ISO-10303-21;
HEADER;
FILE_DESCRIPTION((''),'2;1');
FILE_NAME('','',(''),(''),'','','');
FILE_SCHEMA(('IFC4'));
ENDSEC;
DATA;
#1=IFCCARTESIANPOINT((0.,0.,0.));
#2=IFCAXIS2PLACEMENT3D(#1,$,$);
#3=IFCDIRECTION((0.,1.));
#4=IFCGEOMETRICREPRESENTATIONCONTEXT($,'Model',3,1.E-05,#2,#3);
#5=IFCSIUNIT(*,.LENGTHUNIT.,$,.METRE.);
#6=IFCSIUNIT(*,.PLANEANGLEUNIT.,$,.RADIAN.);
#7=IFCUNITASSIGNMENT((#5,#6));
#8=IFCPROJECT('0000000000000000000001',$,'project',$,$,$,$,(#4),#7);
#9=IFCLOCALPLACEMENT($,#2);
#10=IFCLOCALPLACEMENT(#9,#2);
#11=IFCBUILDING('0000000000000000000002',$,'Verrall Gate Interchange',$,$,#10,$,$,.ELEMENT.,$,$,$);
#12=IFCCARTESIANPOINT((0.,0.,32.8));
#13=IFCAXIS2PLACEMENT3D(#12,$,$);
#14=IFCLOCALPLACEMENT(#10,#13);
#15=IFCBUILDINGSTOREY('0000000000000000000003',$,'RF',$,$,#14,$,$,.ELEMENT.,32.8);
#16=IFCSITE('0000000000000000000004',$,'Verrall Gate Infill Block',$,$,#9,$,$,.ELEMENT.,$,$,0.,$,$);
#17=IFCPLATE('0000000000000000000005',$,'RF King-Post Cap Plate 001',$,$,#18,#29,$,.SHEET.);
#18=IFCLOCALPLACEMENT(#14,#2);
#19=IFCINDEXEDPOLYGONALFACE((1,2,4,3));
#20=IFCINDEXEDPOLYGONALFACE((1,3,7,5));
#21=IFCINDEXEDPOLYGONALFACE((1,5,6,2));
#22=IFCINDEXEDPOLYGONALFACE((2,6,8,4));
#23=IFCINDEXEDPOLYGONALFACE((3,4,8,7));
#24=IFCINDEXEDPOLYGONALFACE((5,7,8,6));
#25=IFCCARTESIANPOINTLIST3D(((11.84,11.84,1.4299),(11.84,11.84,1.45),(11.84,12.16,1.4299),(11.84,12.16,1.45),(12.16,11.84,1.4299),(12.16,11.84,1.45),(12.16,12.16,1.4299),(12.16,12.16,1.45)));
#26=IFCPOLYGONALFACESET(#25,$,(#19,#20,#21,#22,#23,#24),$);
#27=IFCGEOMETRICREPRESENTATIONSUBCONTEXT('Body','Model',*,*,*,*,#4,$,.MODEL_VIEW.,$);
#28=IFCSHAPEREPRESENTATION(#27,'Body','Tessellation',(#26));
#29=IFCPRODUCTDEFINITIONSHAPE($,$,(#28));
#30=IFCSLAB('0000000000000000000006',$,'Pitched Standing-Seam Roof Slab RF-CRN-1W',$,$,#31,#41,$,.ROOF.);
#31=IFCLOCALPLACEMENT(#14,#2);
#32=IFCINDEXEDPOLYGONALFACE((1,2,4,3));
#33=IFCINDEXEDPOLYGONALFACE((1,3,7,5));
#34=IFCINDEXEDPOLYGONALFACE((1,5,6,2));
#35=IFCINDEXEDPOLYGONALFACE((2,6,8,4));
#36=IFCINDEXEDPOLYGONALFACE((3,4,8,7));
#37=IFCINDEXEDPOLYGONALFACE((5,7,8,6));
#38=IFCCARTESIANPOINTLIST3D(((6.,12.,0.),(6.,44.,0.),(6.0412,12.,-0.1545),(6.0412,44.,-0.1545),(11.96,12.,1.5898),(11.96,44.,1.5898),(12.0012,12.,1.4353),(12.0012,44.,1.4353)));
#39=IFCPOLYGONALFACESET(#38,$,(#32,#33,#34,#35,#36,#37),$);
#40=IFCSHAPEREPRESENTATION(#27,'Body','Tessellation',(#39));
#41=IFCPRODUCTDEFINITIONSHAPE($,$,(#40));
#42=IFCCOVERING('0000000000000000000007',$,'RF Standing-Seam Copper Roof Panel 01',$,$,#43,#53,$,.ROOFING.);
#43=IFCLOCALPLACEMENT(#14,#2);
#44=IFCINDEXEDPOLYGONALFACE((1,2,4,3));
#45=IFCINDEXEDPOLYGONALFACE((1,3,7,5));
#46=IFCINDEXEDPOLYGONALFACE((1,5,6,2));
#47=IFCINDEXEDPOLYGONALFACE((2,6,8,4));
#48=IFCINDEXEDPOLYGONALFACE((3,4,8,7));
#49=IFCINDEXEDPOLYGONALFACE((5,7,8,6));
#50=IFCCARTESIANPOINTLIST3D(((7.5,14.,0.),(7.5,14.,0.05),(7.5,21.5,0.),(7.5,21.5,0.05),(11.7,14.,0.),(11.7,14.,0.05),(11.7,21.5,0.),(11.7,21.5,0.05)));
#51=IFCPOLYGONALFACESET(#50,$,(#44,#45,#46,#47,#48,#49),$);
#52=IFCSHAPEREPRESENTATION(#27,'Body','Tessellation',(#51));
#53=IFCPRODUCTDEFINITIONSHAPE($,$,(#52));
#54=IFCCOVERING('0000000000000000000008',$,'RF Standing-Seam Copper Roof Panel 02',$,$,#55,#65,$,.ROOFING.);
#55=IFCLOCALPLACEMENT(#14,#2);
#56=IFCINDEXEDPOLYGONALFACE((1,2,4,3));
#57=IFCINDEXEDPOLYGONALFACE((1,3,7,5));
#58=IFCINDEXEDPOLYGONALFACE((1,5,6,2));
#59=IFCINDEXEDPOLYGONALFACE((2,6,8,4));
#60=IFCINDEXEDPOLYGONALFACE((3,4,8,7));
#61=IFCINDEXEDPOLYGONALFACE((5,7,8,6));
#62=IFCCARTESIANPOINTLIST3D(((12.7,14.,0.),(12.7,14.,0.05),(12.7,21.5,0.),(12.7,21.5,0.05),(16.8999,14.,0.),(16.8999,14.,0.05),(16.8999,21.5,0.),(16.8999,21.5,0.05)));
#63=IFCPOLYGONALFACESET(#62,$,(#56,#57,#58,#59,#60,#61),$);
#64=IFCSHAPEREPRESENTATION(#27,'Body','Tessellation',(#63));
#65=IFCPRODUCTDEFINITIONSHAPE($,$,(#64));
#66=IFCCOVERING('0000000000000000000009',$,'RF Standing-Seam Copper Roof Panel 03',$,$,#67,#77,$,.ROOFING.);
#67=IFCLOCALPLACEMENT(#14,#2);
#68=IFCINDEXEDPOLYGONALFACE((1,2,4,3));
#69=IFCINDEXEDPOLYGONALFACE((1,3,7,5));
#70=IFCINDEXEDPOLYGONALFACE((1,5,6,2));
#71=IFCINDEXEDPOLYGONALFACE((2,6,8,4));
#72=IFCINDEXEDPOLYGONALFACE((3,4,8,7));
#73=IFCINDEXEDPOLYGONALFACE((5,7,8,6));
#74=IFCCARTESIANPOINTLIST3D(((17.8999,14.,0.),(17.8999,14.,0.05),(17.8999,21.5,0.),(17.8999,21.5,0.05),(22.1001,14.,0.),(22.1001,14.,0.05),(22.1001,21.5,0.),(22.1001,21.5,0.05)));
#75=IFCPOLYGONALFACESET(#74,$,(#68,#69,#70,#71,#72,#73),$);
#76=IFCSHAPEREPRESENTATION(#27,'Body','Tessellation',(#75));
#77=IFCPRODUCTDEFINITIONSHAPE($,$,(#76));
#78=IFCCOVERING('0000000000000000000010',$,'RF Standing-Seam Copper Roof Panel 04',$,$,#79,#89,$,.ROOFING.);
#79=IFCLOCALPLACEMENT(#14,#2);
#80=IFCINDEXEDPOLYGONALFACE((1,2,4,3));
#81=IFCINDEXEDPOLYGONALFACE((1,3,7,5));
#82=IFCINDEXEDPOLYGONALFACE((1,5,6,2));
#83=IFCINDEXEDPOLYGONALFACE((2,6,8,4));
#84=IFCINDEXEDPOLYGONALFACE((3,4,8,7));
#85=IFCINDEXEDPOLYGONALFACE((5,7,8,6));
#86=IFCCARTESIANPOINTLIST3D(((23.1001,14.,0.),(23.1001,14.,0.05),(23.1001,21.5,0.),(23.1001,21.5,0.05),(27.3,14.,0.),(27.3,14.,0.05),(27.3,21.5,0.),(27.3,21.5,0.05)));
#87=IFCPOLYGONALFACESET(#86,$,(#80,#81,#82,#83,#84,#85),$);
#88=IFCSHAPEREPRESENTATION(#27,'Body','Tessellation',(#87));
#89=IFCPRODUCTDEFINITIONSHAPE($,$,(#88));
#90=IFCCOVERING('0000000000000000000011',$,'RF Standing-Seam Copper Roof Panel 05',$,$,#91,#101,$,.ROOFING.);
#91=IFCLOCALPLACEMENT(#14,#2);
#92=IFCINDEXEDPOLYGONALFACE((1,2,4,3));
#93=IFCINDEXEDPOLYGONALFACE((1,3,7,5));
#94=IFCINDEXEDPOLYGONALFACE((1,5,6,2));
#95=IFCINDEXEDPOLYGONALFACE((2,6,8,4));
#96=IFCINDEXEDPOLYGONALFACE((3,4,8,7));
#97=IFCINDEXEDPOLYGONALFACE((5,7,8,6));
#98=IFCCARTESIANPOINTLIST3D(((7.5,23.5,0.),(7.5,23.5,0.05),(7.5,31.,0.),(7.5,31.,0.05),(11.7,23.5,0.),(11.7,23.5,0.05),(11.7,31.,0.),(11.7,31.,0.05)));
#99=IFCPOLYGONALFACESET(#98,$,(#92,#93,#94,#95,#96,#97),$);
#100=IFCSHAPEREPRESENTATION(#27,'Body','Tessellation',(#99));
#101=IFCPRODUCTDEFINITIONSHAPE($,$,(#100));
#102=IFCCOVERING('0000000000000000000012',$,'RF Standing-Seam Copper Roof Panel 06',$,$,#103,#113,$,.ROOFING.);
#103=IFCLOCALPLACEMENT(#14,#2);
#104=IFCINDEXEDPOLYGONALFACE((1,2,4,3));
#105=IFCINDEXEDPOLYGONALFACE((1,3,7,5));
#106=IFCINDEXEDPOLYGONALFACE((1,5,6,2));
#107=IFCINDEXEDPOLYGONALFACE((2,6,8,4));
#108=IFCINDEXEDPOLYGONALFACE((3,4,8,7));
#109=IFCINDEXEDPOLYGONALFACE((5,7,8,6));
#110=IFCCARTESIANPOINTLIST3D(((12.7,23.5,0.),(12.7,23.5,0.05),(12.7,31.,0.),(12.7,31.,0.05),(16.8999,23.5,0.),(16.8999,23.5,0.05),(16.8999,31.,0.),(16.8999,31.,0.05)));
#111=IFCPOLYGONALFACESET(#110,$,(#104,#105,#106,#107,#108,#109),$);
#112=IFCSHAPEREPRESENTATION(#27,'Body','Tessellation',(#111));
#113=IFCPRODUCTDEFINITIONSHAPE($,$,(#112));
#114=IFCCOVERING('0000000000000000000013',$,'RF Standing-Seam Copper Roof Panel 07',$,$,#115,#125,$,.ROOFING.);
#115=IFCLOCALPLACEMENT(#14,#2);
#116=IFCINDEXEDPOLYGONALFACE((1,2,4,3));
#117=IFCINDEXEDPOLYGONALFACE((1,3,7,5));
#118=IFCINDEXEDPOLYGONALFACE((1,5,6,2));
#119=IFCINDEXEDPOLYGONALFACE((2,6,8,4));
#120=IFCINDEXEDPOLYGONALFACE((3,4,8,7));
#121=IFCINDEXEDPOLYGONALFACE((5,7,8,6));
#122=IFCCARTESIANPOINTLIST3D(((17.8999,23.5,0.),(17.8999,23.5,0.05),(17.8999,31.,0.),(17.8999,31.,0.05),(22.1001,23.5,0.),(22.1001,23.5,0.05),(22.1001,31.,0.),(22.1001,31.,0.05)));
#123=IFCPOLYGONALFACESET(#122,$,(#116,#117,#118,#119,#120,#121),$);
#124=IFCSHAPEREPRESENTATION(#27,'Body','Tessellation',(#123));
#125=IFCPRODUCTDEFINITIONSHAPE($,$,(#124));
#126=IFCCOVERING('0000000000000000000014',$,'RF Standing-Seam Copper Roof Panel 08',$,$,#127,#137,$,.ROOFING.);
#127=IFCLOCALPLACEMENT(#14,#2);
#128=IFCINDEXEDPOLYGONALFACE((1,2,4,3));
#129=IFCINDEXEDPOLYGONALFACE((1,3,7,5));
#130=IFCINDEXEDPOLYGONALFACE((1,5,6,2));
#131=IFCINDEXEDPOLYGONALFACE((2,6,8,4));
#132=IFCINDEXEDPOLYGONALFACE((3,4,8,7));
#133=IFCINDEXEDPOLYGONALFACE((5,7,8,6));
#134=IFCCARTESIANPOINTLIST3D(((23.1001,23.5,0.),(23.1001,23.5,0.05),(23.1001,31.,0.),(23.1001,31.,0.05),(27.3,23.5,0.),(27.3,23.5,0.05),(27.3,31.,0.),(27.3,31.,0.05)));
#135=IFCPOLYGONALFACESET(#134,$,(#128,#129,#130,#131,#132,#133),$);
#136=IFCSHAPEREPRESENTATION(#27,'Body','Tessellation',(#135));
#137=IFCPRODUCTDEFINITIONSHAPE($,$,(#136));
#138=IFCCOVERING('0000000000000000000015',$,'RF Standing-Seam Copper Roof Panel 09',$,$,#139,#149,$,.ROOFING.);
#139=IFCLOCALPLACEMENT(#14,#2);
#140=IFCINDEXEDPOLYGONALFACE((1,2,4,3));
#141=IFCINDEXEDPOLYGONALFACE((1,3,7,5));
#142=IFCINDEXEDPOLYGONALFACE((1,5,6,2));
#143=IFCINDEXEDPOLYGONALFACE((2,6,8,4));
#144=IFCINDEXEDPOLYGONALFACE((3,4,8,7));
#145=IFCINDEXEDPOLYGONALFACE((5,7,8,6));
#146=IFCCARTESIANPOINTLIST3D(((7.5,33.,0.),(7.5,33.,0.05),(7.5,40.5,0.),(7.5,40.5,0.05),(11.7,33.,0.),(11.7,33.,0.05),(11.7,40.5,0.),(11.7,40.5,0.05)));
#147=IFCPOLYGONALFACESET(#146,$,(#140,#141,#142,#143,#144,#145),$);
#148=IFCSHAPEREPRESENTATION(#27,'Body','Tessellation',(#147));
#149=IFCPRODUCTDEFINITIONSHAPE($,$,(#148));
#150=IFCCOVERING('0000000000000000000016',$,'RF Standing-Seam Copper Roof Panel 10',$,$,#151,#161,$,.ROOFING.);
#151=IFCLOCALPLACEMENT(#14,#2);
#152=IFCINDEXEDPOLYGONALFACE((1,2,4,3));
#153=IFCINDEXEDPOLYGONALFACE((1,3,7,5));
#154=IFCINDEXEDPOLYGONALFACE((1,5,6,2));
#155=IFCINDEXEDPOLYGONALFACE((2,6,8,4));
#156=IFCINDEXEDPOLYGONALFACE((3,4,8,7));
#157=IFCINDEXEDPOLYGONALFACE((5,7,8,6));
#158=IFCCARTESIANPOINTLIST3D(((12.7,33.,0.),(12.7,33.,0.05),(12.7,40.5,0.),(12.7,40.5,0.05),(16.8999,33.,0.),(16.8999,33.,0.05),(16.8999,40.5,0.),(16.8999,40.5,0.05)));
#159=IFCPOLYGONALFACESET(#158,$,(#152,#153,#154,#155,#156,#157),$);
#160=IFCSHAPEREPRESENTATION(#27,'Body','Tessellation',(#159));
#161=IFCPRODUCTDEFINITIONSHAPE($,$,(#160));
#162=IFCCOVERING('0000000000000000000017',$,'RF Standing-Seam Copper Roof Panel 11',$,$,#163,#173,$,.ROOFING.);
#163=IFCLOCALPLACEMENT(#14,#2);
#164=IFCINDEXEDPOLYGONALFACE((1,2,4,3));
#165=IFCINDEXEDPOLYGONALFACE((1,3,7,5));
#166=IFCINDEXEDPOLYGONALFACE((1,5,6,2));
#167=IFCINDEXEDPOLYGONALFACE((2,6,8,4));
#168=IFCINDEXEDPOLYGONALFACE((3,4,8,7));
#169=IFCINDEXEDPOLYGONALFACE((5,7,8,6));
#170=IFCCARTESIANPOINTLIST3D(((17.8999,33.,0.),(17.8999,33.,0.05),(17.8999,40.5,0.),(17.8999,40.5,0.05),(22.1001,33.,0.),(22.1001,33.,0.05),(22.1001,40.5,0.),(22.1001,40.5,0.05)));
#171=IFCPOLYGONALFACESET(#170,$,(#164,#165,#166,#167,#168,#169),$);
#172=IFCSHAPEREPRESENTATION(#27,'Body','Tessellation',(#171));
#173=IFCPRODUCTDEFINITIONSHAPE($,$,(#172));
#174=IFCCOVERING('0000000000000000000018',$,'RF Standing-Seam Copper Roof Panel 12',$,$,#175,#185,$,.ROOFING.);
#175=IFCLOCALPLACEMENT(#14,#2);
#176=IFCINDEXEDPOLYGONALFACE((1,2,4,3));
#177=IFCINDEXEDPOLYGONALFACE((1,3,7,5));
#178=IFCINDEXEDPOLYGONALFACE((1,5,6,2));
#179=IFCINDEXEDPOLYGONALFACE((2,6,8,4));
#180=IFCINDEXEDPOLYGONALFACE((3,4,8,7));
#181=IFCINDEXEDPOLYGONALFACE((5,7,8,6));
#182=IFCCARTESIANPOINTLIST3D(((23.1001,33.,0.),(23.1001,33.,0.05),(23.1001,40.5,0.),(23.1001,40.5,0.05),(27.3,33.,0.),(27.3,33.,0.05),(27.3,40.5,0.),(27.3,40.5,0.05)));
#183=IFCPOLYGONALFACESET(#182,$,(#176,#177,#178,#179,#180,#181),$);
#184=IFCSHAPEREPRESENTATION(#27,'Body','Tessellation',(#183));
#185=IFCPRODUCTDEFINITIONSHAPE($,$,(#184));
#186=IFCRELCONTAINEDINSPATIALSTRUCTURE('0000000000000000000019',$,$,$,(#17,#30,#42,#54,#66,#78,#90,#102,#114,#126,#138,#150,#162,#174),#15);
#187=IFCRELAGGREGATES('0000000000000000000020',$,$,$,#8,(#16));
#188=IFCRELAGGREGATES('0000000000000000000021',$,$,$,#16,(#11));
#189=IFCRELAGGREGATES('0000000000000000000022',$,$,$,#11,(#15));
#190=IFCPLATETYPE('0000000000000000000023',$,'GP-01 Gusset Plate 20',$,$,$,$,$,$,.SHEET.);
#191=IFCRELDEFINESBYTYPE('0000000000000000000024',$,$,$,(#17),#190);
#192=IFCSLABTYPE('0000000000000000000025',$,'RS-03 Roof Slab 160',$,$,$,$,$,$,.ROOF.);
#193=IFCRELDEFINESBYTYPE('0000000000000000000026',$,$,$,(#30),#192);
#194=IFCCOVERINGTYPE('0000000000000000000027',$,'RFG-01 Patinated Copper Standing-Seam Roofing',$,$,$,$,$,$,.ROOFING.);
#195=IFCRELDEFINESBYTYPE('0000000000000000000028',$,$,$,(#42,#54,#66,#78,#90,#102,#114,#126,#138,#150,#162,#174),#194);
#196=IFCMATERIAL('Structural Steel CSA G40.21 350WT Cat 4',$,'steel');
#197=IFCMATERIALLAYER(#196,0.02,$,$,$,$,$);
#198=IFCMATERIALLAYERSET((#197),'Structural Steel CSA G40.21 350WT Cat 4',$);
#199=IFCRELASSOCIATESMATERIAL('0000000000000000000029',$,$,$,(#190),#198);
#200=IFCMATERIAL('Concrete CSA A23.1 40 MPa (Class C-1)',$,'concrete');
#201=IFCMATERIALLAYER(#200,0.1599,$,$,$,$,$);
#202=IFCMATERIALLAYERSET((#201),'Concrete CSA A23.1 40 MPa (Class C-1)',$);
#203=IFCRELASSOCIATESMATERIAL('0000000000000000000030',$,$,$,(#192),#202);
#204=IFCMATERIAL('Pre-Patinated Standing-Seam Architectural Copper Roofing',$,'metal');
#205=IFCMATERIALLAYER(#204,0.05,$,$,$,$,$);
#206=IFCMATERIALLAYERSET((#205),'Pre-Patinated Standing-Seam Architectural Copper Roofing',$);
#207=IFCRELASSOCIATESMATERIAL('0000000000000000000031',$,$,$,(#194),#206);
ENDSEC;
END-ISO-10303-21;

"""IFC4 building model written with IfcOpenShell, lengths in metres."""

from ifc_helpers import new_model, si_unit, direction, frame, origin, origin_2d, place, context, subcontext, project, spatial, polyline, rectangle, outline, extrude, material, layer, layer_set, type_object, element, save


model = new_model("IFC4")

# Units and contexts
model_context = context("Model", 3, precision=1e-05, world=origin(), true_north=direction((0.0, 1.0)))
body_context = subcontext(model_context, "Body", "Model", "MODEL_VIEW")
ifc_project = project(units=[si_unit("LENGTHUNIT", "METRE"), si_unit("PLANEANGLEUNIT", "RADIAN")], contexts=[model_context])

# Site, building, storey
site_placement = place(None, origin())
site = spatial("IfcSite", under=ifc_project, at=site_placement, Name="Verrall Gate Infill Block", CompositionType="ELEMENT", RefElevation=0.0)
building_placement = place(site_placement, origin())
building = spatial("IfcBuilding", under=site, at=building_placement, Name="Verrall Gate Interchange", CompositionType="ELEMENT")
storey_placement = place(building_placement, frame((0.0, 0.0, 32.8)))
storey = spatial("IfcBuildingStorey", under=building, at=storey_placement, Name="RF", CompositionType="ELEMENT", Elevation=32.8)

# Plate
ifc_material_1 = material(Name="Structural Steel CSA G40.21 350WT Cat 4", Category="steel")
ifc_layer_1 = layer(ifc_material_1, 0.02)
ifc_layer_set_1 = layer_set([ifc_layer_1], Name="Structural Steel CSA G40.21 350WT Cat 4")
plate_type = type_object("IfcPlateType", Name="GP-01 Gusset Plate 20", PredefinedType="SHEET", material=ifc_layer_set_1)
plate_placement = place(storey_placement, frame((12.0, 12.0, 1.4299), z_axis=(0.0, 0.0, 1.0), x_axis=(1.0, 0.0, 0.0)))
element("IfcPlate", 1, at=plate_placement, inside=storey, type_object=plate_type, Name="RF King-Post Cap Plate 001", PredefinedType="SHEET", context=body_context, shape_type="SweptSolid", body=[
    extrude(rectangle(XDim=0.3201, YDim=0.3201, at=origin_2d()), origin(), (0.0, 0.0, 1.0), 0.02),
])

# Slab
ifc_material_2 = material(Name="Concrete CSA A23.1 40 MPa (Class C-1)", Category="concrete")
ifc_layer_2 = layer(ifc_material_2, 0.1599)
ifc_layer_set_2 = layer_set([ifc_layer_2], Name="Concrete CSA A23.1 40 MPa (Class C-1)")
slab_type = type_object("IfcSlabType", Name="RS-03 Roof Slab 160", PredefinedType="ROOF", material=ifc_layer_set_2)
slab_placement = place(storey_placement, frame((6.0, 12.0, 0.0), z_axis=(-0.257741, 0.0, 0.966214), x_axis=(0.966214, 0.0, 0.257741)))
element("IfcSlab", 2, at=slab_placement, inside=storey, type_object=slab_type, Name="Pitched Standing-Seam Roof Slab RF-CRN-1W", PredefinedType="ROOF", context=body_context, shape_type="SweptSolid", body=[
    extrude(outline(polyline([(0.0, 0.0), (6.1684, 0.0), (6.1684, 32.0), (0.0, 32.0), (0.0, 0.0)])), origin(), (0.0, 0.0, -1.0), 0.1599),
])

# Coverings
ifc_material_3 = material(Name="Pre-Patinated Standing-Seam Architectural Copper Roofing", Category="metal")
ifc_layer_3 = layer(ifc_material_3, 0.05)
ifc_layer_set_3 = layer_set([ifc_layer_3], Name="Pre-Patinated Standing-Seam Architectural Copper Roofing")
covering_type = type_object("IfcCoveringType", Name="RFG-01 Patinated Copper Standing-Seam Roofing", PredefinedType="ROOFING", material=ifc_layer_set_3)
covering_1_placement = place(storey_placement, origin())
element("IfcCovering", 3, at=covering_1_placement, inside=storey, type_object=covering_type, Name="RF Standing-Seam Copper Roof Panel 01", PredefinedType="ROOFING", context=body_context, shape_type="SweptSolid", body=[
    extrude(outline(polyline([(7.5, 14.0), (11.7, 14.0), (11.7, 21.5), (7.5, 21.5), (7.5, 14.0)])), origin(), (0.0, 0.0, 1.0), 0.05),
])
covering_2_placement = place(storey_placement, origin())
element("IfcCovering", 4, at=covering_2_placement, inside=storey, type_object=covering_type, Name="RF Standing-Seam Copper Roof Panel 02", PredefinedType="ROOFING", context=body_context, shape_type="SweptSolid", body=[
    extrude(outline(polyline([(12.7, 14.0), (16.8999, 14.0), (16.8999, 21.5), (12.7, 21.5), (12.7, 14.0)])), origin(), (0.0, 0.0, 1.0), 0.05),
])
covering_3_placement = place(storey_placement, origin())
element("IfcCovering", 5, at=covering_3_placement, inside=storey, type_object=covering_type, Name="RF Standing-Seam Copper Roof Panel 03", PredefinedType="ROOFING", context=body_context, shape_type="SweptSolid", body=[
    extrude(outline(polyline([(17.8999, 14.0), (22.1001, 14.0), (22.1001, 21.5), (17.8999, 21.5), (17.8999, 14.0)])), origin(), (0.0, 0.0, 1.0), 0.05),
])
covering_4_placement = place(storey_placement, origin())
element("IfcCovering", 6, at=covering_4_placement, inside=storey, type_object=covering_type, Name="RF Standing-Seam Copper Roof Panel 04", PredefinedType="ROOFING", context=body_context, shape_type="SweptSolid", body=[
    extrude(outline(polyline([(23.1001, 14.0), (27.3, 14.0), (27.3, 21.5), (23.1001, 21.5), (23.1001, 14.0)])), origin(), (0.0, 0.0, 1.0), 0.05),
])
covering_5_placement = place(storey_placement, origin())
element("IfcCovering", 7, at=covering_5_placement, inside=storey, type_object=covering_type, Name="RF Standing-Seam Copper Roof Panel 05", PredefinedType="ROOFING", context=body_context, shape_type="SweptSolid", body=[
    extrude(outline(polyline([(7.5, 23.5), (11.7, 23.5), (11.7, 31.0), (7.5, 31.0), (7.5, 23.5)])), origin(), (0.0, 0.0, 1.0), 0.05),
])
covering_6_placement = place(storey_placement, origin())
element("IfcCovering", 8, at=covering_6_placement, inside=storey, type_object=covering_type, Name="RF Standing-Seam Copper Roof Panel 06", PredefinedType="ROOFING", context=body_context, shape_type="SweptSolid", body=[
    extrude(outline(polyline([(12.7, 23.5), (16.8999, 23.5), (16.8999, 31.0), (12.7, 31.0), (12.7, 23.5)])), origin(), (0.0, 0.0, 1.0), 0.05),
])
covering_7_placement = place(storey_placement, origin())
element("IfcCovering", 9, at=covering_7_placement, inside=storey, type_object=covering_type, Name="RF Standing-Seam Copper Roof Panel 07", PredefinedType="ROOFING", context=body_context, shape_type="SweptSolid", body=[
    extrude(outline(polyline([(17.8999, 23.5), (22.1001, 23.5), (22.1001, 31.0), (17.8999, 31.0), (17.8999, 23.5)])), origin(), (0.0, 0.0, 1.0), 0.05),
])
covering_8_placement = place(storey_placement, origin())
element("IfcCovering", 10, at=covering_8_placement, inside=storey, type_object=covering_type, Name="RF Standing-Seam Copper Roof Panel 08", PredefinedType="ROOFING", context=body_context, shape_type="SweptSolid", body=[
    extrude(outline(polyline([(23.1001, 23.5), (27.3, 23.5), (27.3, 31.0), (23.1001, 31.0), (23.1001, 23.5)])), origin(), (0.0, 0.0, 1.0), 0.05),
])
covering_9_placement = place(storey_placement, origin())
element("IfcCovering", 11, at=covering_9_placement, inside=storey, type_object=covering_type, Name="RF Standing-Seam Copper Roof Panel 09", PredefinedType="ROOFING", context=body_context, shape_type="SweptSolid", body=[
    extrude(outline(polyline([(7.5, 33.0), (11.7, 33.0), (11.7, 40.5), (7.5, 40.5), (7.5, 33.0)])), origin(), (0.0, 0.0, 1.0), 0.05),
])
covering_10_placement = place(storey_placement, origin())
element("IfcCovering", 12, at=covering_10_placement, inside=storey, type_object=covering_type, Name="RF Standing-Seam Copper Roof Panel 10", PredefinedType="ROOFING", context=body_context, shape_type="SweptSolid", body=[
    extrude(outline(polyline([(12.7, 33.0), (16.8999, 33.0), (16.8999, 40.5), (12.7, 40.5), (12.7, 33.0)])), origin(), (0.0, 0.0, 1.0), 0.05),
])
covering_11_placement = place(storey_placement, origin())
element("IfcCovering", 13, at=covering_11_placement, inside=storey, type_object=covering_type, Name="RF Standing-Seam Copper Roof Panel 11", PredefinedType="ROOFING", context=body_context, shape_type="SweptSolid", body=[
    extrude(outline(polyline([(17.8999, 33.0), (22.1001, 33.0), (22.1001, 40.5), (17.8999, 40.5), (17.8999, 33.0)])), origin(), (0.0, 0.0, 1.0), 0.05),
])
covering_12_placement = place(storey_placement, origin())
element("IfcCovering", 14, at=covering_12_placement, inside=storey, type_object=covering_type, Name="RF Standing-Seam Copper Roof Panel 12", PredefinedType="ROOFING", context=body_context, shape_type="SweptSolid", body=[
    extrude(outline(polyline([(23.1001, 33.0), (27.3, 33.0), (27.3, 40.5), (23.1001, 40.5), (23.1001, 33.0)])), origin(), (0.0, 0.0, 1.0), 0.05),
])

save(model, "model.ifc")
